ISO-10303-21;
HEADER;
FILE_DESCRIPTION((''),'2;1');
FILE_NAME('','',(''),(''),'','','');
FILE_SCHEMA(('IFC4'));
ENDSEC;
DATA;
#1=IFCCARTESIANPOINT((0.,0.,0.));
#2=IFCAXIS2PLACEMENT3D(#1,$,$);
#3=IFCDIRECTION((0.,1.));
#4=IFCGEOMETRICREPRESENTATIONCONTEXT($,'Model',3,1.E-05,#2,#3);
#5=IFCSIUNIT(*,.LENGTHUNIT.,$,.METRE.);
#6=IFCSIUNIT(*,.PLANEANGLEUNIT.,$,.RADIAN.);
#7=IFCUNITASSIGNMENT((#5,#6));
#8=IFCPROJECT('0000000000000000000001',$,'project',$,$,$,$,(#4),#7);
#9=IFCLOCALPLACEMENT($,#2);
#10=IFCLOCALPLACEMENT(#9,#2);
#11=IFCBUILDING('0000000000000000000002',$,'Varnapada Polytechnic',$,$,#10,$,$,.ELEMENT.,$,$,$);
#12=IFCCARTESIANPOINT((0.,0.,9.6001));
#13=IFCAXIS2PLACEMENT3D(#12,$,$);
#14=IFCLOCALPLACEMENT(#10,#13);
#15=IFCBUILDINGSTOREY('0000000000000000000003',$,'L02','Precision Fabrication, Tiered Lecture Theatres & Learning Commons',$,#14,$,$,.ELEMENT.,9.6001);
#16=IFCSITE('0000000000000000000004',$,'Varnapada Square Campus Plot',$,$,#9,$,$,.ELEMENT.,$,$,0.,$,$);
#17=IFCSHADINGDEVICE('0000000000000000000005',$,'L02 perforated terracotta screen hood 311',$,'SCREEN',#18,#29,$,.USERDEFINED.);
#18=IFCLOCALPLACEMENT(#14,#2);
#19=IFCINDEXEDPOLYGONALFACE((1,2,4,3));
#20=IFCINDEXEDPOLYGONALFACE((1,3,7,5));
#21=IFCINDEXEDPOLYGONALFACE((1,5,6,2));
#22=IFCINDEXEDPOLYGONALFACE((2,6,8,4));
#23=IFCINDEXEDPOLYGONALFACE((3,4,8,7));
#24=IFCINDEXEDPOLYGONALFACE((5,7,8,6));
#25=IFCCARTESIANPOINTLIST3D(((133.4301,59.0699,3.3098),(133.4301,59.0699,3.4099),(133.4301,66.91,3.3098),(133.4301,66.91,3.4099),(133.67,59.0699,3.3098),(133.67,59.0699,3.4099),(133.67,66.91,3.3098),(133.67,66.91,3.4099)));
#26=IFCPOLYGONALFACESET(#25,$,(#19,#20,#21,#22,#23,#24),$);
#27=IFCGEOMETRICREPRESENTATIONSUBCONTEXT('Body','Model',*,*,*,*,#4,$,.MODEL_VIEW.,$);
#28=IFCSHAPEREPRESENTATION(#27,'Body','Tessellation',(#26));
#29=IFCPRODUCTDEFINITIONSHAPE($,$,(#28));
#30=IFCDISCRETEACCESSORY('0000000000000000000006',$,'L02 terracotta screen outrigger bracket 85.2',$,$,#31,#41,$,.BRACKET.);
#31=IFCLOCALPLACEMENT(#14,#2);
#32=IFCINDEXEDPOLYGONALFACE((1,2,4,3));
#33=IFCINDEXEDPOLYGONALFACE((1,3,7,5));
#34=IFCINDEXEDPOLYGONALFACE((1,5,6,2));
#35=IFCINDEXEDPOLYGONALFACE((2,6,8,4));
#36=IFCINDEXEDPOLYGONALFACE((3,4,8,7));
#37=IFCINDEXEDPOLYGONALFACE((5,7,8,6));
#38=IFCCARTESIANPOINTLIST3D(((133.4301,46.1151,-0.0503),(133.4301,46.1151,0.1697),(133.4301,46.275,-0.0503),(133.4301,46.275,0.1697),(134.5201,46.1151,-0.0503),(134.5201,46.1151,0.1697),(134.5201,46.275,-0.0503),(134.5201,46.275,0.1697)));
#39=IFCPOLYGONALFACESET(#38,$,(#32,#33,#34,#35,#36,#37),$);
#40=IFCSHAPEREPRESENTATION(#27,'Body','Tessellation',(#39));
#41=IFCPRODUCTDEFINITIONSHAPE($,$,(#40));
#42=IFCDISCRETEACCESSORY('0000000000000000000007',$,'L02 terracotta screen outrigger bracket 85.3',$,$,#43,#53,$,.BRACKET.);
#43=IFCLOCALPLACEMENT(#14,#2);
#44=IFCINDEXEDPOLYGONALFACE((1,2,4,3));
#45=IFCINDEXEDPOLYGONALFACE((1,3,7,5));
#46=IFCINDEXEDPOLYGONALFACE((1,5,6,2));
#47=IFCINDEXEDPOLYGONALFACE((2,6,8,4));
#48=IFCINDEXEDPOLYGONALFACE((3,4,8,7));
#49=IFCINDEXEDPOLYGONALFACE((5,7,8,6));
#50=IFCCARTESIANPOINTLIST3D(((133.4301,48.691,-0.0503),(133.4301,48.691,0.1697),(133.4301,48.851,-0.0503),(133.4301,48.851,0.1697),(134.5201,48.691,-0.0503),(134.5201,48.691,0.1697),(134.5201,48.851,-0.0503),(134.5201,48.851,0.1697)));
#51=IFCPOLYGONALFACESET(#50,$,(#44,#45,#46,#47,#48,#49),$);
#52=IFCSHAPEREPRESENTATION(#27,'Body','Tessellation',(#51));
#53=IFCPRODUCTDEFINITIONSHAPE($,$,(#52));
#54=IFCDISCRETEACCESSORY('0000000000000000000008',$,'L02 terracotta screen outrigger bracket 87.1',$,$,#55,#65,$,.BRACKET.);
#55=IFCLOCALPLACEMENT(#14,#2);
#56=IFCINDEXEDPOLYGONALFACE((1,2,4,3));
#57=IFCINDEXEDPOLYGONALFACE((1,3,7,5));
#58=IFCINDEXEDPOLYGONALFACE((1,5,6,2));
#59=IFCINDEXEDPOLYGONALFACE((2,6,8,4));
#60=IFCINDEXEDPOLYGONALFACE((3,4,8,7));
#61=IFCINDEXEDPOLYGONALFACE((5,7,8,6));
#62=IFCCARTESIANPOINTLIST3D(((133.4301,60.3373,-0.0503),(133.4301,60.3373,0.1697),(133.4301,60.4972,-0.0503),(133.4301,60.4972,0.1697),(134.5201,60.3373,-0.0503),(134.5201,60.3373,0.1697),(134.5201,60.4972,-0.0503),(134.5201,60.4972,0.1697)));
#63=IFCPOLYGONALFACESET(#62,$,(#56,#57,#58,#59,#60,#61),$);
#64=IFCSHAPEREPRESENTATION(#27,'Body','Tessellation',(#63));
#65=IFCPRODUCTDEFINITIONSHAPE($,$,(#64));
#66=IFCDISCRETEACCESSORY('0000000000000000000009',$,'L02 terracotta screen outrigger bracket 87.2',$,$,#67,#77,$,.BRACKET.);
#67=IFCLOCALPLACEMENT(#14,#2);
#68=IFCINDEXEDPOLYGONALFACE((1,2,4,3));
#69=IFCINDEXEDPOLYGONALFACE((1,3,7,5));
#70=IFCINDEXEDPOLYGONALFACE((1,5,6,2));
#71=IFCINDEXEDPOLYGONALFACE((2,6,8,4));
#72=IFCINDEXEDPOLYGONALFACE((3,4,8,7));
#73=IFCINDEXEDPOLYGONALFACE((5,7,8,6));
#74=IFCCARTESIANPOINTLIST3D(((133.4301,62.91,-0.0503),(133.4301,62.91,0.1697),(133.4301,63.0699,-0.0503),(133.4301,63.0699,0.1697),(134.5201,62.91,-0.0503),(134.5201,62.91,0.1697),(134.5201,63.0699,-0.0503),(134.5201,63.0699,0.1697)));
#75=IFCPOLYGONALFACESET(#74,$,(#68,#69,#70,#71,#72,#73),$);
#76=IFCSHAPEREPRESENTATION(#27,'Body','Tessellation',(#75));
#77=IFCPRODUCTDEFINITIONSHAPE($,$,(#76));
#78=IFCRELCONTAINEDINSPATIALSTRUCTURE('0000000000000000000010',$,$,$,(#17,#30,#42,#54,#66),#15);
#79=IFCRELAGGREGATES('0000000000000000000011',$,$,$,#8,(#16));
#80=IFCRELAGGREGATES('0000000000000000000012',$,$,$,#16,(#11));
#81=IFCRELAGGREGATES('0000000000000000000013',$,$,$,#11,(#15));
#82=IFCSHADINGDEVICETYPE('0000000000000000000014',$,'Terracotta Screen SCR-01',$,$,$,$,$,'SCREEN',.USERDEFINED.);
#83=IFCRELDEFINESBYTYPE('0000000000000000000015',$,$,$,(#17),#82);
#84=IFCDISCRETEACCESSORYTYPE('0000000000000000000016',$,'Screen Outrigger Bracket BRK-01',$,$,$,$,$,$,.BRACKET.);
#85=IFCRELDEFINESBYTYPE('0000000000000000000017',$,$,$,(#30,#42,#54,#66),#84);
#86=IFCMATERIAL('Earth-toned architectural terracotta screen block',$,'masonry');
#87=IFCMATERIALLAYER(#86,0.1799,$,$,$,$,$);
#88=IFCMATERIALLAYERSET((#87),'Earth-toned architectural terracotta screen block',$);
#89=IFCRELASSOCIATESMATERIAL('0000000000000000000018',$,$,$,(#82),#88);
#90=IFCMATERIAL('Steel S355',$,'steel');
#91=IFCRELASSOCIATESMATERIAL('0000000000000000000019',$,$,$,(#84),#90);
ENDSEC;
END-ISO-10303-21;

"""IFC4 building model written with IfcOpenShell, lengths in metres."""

from ifc_helpers import new_model, si_unit, direction, frame, origin, origin_2d, place, context, subcontext, project, spatial, rectangle, extrude, material, layer, layer_set, type_object, element, save


model = new_model("IFC4")

# Units and contexts
model_context = context("Model", 3, precision=1e-05, world=origin(), true_north=direction((0.0, 1.0)))
body_context = subcontext(model_context, "Body", "Model", "MODEL_VIEW")
ifc_project = project(units=[si_unit("LENGTHUNIT", "METRE"), si_unit("PLANEANGLEUNIT", "RADIAN")], contexts=[model_context])

# Site, building, storey
site_placement = place(None, origin())
site = spatial("IfcSite", under=ifc_project, at=site_placement, Name="Varnapada Square Campus Plot", CompositionType="ELEMENT", RefElevation=0.0)
building_placement = place(site_placement, origin())
building = spatial("IfcBuilding", under=site, at=building_placement, Name="Varnapada Polytechnic", CompositionType="ELEMENT")
storey_placement = place(building_placement, frame((0.0, 0.0, 9.6001)))
storey = spatial("IfcBuildingStorey", under=building, at=storey_placement, Name="L02", Description="Precision Fabrication, Tiered Lecture Theatres & Learning Commons", CompositionType="ELEMENT", Elevation=9.6001)

# Shared definitions
ifc_material_1 = material(Name="Earth-toned architectural terracotta screen block", Category="masonry")

# Shading device
ifc_layer_1 = layer(ifc_material_1, 0.1799)
ifc_layer_set_1 = layer_set([ifc_layer_1], Name="Earth-toned architectural terracotta screen block")
shading_device_type = type_object("IfcShadingDeviceType", Name="Terracotta Screen SCR-01", ElementType="SCREEN", PredefinedType="USERDEFINED", material=ifc_layer_set_1)
shading_device_1_placement = place(storey_placement, frame((133.55, 62.99, 3.3098), z_axis=(0.0, 0.0, 1.0), x_axis=(0.0, 1.0, 0.0)))
element("IfcShadingDevice", 1, at=shading_device_1_placement, inside=storey, type_object=shading_device_type, Name="L02 perforated terracotta screen hood 311", ObjectType="SCREEN", PredefinedType="USERDEFINED", context=body_context, shape_type="SweptSolid", body=[
    extrude(rectangle(XDim=7.8401, YDim=0.24, at=origin_2d()), origin(), (0.0, 0.0, 1.0), 0.1001),
])

# Discrete accessories
ifc_material_2 = material(Name="Steel S355", Category="steel")
discrete_accessory_type = type_object("IfcDiscreteAccessoryType", Name="Screen Outrigger Bracket BRK-01", PredefinedType="BRACKET", material=ifc_material_2)
for number, where, z_axis, x_axis, name in (
    (2, (133.9751, 46.1951, -0.0503), (0.0, 0.0, 1.0), (0.0, 1.0, 0.0), "L02 terracotta screen outrigger bracket 85.2"),
    (3, (133.9751, 48.771, -0.0503), (0.0, 0.0, 1.0), (0.0, 1.0, 0.0), "L02 terracotta screen outrigger bracket 85.3"),
    (4, (133.9751, 60.4172, -0.0503), (0.0, 0.0, 1.0), (0.0, 1.0, 0.0), "L02 terracotta screen outrigger bracket 87.1"),
    (5, (133.9751, 62.99, -0.0503), (0.0, 0.0, 1.0), (0.0, 1.0, 0.0), "L02 terracotta screen outrigger bracket 87.2"),
):
    element("IfcDiscreteAccessory", number, at=place(storey_placement, frame(where, z_axis=z_axis, x_axis=x_axis)), inside=storey, type_object=discrete_accessory_type, Name=name, PredefinedType="BRACKET", context=body_context, shape_type="SweptSolid", body=[
        extrude(rectangle(XDim=0.1599, YDim=1.0901, at=origin_2d()), origin(), (0.0, 0.0, 1.0), 0.22),
    ])

save(model, "model.ifc")
